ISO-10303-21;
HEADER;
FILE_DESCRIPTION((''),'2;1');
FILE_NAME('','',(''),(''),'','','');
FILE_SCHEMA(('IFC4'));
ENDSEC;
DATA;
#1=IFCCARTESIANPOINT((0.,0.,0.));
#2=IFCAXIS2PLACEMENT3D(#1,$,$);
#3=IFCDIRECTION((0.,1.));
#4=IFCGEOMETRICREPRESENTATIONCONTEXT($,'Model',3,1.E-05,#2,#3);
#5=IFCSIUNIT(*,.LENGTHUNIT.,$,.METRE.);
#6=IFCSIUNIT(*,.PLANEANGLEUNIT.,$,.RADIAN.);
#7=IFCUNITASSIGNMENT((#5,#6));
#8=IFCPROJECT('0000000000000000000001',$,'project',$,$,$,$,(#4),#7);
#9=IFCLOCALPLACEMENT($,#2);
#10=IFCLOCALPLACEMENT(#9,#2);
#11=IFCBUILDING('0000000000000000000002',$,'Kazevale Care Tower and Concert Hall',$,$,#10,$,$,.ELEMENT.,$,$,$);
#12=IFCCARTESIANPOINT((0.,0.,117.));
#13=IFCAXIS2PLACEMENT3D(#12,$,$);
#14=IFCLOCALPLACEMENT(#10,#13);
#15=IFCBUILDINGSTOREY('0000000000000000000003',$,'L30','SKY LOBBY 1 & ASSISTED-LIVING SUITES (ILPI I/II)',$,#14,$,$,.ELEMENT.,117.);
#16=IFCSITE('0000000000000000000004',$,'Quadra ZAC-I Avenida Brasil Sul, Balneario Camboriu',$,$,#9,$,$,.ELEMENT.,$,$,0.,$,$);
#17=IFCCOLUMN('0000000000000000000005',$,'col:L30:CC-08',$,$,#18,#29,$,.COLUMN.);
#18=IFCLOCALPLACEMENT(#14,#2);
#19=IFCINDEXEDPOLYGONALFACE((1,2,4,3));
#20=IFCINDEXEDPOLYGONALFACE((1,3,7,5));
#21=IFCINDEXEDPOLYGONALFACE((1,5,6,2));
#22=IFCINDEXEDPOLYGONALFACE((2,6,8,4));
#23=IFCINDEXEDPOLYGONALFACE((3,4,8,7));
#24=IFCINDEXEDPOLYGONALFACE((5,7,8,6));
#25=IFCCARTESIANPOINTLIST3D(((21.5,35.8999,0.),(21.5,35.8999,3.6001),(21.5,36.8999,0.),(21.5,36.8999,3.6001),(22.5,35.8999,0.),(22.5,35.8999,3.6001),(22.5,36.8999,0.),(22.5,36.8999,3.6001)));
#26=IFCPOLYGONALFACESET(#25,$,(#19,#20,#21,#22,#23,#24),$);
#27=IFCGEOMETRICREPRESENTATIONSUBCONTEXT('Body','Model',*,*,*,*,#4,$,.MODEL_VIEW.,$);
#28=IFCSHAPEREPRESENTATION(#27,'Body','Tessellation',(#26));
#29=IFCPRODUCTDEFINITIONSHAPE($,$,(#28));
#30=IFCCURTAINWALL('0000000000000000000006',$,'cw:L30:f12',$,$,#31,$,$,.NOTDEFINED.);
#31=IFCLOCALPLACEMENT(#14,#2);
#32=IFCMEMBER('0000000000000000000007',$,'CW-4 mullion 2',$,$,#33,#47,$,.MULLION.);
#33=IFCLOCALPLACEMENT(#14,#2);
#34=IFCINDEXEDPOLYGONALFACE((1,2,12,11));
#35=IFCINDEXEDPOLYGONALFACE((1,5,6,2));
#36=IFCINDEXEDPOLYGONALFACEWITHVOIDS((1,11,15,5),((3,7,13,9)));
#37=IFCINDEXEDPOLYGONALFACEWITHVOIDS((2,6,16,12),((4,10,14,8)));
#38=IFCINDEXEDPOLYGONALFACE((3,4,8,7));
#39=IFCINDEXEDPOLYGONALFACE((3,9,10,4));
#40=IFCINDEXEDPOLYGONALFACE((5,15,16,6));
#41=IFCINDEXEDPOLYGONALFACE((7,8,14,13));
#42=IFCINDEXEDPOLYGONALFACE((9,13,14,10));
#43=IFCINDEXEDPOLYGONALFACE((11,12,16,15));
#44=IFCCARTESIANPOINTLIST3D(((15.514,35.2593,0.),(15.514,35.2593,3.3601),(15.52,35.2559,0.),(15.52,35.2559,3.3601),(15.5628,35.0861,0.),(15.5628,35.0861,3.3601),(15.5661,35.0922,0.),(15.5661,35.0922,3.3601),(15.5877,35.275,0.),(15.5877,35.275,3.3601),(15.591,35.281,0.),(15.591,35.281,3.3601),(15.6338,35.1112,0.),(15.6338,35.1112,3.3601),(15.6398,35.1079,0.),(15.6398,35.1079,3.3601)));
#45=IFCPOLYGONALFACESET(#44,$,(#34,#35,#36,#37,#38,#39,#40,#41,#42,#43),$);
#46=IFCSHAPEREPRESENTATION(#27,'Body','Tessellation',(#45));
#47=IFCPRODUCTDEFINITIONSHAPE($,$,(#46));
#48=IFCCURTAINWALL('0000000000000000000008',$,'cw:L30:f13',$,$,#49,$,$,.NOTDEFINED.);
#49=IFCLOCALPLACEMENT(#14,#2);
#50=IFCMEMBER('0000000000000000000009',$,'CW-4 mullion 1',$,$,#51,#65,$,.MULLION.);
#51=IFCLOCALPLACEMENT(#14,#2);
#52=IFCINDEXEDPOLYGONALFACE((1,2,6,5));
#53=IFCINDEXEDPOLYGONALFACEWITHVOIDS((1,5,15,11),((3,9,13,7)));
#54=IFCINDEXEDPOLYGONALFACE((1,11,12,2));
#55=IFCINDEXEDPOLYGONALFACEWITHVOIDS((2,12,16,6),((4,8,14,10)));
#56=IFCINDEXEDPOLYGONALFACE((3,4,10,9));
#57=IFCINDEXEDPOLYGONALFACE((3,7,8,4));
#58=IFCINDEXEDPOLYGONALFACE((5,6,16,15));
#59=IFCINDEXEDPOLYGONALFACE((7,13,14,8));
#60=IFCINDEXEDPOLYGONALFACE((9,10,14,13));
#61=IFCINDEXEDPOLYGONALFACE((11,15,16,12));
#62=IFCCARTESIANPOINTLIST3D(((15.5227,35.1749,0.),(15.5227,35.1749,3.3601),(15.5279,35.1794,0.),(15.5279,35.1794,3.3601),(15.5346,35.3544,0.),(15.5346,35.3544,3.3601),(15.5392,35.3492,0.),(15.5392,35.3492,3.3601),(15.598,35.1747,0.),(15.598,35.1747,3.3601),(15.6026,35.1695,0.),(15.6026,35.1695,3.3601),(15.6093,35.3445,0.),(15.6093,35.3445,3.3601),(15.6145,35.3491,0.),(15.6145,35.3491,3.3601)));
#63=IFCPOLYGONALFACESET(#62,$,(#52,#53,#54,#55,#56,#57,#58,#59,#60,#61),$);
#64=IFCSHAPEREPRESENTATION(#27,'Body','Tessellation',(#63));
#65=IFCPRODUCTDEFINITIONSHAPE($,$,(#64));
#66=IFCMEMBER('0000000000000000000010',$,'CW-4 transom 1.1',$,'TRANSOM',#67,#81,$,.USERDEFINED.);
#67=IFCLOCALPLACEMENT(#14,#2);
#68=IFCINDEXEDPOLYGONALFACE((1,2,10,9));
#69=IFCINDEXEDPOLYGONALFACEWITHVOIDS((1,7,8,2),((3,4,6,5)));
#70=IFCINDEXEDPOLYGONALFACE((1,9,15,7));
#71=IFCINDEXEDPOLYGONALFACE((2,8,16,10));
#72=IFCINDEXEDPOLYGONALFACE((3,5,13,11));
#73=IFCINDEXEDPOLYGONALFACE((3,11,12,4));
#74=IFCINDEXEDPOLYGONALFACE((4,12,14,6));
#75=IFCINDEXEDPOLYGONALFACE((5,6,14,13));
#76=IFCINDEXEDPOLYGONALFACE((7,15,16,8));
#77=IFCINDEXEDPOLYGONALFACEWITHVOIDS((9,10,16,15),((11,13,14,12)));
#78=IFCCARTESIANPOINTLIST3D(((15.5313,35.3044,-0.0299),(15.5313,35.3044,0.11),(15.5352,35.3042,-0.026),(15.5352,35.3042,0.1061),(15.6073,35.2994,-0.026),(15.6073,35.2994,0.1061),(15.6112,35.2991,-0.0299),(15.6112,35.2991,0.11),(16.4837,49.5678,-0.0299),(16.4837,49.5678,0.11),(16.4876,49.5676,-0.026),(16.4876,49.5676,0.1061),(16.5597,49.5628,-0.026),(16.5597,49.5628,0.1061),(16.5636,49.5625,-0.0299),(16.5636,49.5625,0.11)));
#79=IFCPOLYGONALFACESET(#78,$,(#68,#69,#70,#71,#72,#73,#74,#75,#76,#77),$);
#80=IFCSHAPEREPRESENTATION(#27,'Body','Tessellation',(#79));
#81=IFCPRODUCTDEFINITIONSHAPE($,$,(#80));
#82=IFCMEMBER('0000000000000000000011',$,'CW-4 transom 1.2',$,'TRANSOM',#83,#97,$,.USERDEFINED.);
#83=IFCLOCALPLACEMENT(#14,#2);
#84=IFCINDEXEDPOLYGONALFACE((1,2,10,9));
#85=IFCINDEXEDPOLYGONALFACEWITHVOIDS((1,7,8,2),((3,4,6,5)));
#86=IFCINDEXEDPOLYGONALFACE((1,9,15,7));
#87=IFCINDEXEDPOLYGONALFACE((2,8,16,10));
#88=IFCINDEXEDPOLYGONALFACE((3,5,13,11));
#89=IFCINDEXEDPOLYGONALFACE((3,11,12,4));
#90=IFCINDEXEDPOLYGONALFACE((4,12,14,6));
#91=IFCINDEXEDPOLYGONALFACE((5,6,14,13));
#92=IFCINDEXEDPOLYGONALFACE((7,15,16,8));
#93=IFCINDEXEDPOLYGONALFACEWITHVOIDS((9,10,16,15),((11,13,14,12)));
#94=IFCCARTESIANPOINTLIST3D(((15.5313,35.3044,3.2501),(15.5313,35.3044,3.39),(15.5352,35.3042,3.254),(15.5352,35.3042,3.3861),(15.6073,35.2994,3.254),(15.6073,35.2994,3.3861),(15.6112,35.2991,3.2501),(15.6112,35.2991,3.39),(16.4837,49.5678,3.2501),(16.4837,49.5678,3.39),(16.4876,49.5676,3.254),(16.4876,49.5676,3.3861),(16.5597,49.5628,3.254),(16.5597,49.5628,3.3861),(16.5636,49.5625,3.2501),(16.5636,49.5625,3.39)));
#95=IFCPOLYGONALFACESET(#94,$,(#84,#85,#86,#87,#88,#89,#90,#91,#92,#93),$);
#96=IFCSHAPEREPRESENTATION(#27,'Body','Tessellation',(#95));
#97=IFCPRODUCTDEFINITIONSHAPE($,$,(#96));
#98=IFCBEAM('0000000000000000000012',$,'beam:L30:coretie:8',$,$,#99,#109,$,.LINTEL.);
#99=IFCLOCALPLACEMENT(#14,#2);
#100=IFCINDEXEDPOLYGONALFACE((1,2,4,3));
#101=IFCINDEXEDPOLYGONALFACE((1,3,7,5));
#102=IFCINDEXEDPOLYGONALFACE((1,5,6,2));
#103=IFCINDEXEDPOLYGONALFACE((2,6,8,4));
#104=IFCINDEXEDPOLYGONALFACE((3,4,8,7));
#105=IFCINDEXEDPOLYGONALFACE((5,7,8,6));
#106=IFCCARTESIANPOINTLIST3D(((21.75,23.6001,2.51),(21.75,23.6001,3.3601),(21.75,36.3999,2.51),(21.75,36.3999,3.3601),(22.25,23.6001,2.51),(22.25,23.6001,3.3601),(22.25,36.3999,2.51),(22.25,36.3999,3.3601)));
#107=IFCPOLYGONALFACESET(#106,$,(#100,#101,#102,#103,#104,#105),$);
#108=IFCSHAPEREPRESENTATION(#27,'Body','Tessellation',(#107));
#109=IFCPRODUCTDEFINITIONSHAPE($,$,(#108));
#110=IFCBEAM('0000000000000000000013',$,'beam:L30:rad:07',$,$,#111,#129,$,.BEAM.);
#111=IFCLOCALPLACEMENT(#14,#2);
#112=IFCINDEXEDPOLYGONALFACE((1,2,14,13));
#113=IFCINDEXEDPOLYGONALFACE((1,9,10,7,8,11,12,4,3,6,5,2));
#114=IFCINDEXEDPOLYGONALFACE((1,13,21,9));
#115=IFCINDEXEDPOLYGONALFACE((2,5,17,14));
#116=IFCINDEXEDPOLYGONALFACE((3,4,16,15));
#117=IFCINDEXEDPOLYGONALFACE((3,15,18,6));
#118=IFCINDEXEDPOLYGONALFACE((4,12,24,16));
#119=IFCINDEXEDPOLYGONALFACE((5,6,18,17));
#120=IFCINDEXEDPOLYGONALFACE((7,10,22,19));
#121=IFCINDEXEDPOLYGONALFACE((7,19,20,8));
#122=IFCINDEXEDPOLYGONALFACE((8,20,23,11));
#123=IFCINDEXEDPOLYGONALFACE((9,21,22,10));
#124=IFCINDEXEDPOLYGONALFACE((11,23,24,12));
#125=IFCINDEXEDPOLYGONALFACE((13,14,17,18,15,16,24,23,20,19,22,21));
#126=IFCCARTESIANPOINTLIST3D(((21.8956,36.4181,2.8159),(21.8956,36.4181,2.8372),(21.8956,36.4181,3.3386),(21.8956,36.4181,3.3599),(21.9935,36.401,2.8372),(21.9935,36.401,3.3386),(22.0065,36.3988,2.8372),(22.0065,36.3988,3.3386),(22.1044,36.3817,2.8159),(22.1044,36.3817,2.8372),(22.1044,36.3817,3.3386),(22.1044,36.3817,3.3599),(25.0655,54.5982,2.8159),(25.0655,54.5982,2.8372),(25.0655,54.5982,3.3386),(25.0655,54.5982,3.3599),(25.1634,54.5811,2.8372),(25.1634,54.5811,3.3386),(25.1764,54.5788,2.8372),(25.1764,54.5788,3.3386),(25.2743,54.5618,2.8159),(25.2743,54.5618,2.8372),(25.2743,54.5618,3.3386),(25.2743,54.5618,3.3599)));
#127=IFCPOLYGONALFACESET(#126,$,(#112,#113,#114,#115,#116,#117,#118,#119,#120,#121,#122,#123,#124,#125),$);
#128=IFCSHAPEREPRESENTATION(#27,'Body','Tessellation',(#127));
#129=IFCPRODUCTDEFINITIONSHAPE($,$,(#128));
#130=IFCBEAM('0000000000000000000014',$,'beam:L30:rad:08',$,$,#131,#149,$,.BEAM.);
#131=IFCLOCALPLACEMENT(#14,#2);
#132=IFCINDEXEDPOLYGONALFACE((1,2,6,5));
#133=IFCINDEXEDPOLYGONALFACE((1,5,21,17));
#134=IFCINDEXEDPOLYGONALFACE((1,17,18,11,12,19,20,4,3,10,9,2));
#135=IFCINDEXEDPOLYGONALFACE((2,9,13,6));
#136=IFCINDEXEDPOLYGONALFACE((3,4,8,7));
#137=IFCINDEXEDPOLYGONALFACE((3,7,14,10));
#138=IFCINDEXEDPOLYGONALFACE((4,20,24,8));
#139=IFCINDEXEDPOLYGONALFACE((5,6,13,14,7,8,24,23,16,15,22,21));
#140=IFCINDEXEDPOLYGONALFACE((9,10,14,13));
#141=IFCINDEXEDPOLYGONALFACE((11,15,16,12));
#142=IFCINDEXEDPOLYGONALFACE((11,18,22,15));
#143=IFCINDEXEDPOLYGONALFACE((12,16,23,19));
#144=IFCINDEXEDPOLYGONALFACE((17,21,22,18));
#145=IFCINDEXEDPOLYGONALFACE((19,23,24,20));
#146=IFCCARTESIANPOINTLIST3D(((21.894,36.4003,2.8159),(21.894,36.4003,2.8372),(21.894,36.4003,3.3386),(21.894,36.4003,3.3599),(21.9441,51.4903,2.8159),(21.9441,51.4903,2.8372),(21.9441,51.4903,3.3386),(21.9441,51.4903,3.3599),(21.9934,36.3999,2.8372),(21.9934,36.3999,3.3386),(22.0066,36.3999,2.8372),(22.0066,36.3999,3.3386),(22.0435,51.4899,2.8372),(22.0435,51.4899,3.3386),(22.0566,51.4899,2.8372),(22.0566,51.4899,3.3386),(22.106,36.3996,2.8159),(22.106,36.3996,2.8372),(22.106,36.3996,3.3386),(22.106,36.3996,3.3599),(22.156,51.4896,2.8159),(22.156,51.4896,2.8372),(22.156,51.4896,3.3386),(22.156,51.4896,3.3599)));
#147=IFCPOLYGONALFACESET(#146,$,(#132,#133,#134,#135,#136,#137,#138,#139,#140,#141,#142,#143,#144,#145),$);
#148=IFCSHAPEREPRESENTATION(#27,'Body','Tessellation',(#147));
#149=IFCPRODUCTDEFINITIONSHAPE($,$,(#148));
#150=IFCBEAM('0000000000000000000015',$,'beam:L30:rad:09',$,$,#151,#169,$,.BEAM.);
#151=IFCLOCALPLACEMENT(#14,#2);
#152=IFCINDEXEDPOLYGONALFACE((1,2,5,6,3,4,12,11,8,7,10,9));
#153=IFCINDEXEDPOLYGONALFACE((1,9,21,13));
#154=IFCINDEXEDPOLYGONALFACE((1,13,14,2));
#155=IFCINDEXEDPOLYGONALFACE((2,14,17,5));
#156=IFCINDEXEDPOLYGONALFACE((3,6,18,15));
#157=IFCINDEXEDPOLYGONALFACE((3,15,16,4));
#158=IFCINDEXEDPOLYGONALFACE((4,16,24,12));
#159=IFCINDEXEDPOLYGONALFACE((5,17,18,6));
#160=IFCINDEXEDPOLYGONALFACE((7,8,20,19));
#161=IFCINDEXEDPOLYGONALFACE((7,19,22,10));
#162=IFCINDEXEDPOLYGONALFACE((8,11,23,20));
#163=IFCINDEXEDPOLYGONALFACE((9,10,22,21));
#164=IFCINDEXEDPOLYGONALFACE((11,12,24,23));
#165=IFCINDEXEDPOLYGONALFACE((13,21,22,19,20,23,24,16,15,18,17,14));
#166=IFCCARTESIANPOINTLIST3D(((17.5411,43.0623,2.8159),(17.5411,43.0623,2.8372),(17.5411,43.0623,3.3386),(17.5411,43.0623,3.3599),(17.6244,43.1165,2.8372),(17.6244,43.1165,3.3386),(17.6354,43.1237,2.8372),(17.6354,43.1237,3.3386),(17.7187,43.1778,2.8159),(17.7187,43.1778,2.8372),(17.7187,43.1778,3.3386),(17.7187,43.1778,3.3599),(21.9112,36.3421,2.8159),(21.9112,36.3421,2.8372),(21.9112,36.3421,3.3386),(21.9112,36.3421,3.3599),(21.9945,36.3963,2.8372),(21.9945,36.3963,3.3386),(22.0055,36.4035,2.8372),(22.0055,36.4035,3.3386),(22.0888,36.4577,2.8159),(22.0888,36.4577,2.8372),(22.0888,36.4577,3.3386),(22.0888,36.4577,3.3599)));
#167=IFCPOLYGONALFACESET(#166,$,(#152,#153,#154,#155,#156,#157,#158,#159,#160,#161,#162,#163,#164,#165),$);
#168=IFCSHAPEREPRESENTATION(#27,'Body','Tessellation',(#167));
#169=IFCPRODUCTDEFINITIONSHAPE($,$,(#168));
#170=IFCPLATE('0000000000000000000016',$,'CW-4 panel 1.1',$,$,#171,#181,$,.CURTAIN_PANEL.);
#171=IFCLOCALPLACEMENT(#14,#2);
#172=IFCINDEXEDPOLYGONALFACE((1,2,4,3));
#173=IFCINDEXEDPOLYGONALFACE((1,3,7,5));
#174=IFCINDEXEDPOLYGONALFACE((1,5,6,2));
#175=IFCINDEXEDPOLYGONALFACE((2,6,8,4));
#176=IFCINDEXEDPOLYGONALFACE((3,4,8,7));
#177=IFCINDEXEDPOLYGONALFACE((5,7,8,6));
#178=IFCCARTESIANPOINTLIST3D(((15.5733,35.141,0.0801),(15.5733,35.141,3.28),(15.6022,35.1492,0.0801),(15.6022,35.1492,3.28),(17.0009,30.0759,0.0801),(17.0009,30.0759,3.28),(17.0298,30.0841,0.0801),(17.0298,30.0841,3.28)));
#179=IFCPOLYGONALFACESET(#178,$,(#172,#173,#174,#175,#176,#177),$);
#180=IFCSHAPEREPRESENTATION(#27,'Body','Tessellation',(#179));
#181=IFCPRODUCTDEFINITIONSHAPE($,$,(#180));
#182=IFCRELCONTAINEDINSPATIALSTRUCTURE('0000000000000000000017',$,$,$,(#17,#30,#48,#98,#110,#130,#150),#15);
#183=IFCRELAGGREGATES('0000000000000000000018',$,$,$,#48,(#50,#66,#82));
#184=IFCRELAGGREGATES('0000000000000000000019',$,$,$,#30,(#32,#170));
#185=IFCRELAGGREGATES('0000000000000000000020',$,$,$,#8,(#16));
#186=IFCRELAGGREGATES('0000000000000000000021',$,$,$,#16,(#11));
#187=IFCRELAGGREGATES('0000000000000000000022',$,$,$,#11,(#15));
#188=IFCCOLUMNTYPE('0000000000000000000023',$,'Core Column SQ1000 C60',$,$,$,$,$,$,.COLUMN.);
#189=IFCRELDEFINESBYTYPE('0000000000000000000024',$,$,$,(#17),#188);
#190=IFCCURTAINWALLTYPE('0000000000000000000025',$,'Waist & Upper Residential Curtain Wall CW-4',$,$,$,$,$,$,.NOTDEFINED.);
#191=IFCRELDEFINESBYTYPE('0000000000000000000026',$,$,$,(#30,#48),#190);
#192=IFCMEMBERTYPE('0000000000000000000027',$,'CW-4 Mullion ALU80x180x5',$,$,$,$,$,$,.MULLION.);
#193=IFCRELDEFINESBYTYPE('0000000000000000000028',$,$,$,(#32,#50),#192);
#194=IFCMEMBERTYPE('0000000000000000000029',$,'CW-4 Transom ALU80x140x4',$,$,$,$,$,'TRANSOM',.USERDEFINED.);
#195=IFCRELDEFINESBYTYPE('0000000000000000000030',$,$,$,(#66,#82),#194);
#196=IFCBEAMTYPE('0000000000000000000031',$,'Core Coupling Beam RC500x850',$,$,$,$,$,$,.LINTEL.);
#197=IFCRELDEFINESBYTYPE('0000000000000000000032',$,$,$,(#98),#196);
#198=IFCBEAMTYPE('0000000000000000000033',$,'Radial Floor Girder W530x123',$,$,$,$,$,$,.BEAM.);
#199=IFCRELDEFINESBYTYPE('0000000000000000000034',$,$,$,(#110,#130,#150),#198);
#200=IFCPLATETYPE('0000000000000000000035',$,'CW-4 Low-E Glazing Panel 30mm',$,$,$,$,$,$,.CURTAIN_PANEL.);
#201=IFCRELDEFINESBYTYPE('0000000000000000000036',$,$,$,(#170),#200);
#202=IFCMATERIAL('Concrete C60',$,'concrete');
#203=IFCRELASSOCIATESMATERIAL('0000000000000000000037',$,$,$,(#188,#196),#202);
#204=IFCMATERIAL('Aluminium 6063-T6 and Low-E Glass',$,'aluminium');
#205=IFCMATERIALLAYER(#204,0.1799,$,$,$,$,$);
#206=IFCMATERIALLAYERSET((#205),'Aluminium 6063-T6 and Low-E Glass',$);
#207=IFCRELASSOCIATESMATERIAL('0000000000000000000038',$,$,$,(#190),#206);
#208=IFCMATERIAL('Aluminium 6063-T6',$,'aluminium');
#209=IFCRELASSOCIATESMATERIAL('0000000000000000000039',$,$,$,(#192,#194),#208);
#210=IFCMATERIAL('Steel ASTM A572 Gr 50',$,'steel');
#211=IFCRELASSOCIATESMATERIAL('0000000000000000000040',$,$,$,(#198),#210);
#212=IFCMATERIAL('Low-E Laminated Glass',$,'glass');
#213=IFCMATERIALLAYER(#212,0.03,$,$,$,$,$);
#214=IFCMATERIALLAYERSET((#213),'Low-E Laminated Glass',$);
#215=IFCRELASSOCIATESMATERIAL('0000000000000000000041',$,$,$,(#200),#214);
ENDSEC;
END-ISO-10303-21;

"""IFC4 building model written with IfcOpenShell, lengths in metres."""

from ifc_helpers import new_model, si_unit, direction, frame, origin, origin_2d, place, context, subcontext, project, spatial, rectangle, hollow_rectangle, i_section, extrude, material, layer, layer_set, material_profile, profile_set, type_object, element, aggregate, save


model = new_model("IFC4")

# Units and contexts
model_context = context("Model", 3, precision=1e-05, world=origin(), true_north=direction((0.0, 1.0)))
body_context = subcontext(model_context, "Body", "Model", "MODEL_VIEW")
ifc_project = project(units=[si_unit("LENGTHUNIT", "METRE"), si_unit("PLANEANGLEUNIT", "RADIAN")], contexts=[model_context])

# Site, building, storey
site_placement = place(None, origin())
site = spatial("IfcSite", under=ifc_project, at=site_placement, Name="Quadra ZAC-I Avenida Brasil Sul, Balneario Camboriu", CompositionType="ELEMENT", RefElevation=0.0)
building_placement = place(site_placement, origin())
building = spatial("IfcBuilding", under=site, at=building_placement, Name="Kazevale Care Tower and Concert Hall", CompositionType="ELEMENT")
storey_placement = place(building_placement, frame((0.0, 0.0, 117.0)))
storey = spatial("IfcBuildingStorey", under=building, at=storey_placement, Name="L30", Description="SKY LOBBY 1 & ASSISTED-LIVING SUITES (ILPI I/II)", CompositionType="ELEMENT", Elevation=117.0)

# Column
ifc_material_1 = material(Name="Concrete C60", Category="concrete")
ifc_material_profile_1 = material_profile(ifc_material_1, rectangle(XDim=1.0, YDim=1.0, at=origin_2d()), Name="RC-SQ1000")
ifc_profile_set_1 = profile_set([ifc_material_profile_1], Name="Concrete C60")
column_type = type_object("IfcColumnType", Name="Core Column SQ1000 C60", PredefinedType="COLUMN", material=ifc_profile_set_1)
column_placement = place(storey_placement, frame((22.0, 36.3999, 0.0), z_axis=(0.0, 0.0, 1.0), x_axis=(1.0, 0.0, 0.0)))
element("IfcColumn", 1, at=column_placement, inside=storey, type_object=column_type, Name="col:L30:CC-08", PredefinedType="COLUMN", context=body_context, shape_type="SweptSolid", body=[
    extrude(rectangle(XDim=1.0, YDim=1.0, at=origin_2d()), origin(), (0.0, 0.0, 1.0), 3.6001),
])

# Curtain wall, member
ifc_material_2 = material(Name="Aluminium 6063-T6 and Low-E Glass", Category="aluminium")
ifc_layer_1 = layer(ifc_material_2, 0.1799)
ifc_layer_set_1 = layer_set([ifc_layer_1], Name="Aluminium 6063-T6 and Low-E Glass")
curtain_wall_type = type_object("IfcCurtainWallType", Name="Waist & Upper Residential Curtain Wall CW-4", PredefinedType="NOTDEFINED", material=ifc_layer_set_1)
curtain_wall_1_placement = place(storey_placement, origin())
curtain_wall_1 = element("IfcCurtainWall", 2, at=curtain_wall_1_placement, inside=storey, type_object=curtain_wall_type, Name="cw:L30:f12", PredefinedType="NOTDEFINED")
ifc_material_3 = material(Name="Aluminium 6063-T6", Category="aluminium")
ifc_material_profile_2 = material_profile(ifc_material_3, hollow_rectangle(XDim=0.0801, YDim=0.1799, WallThickness=0.0049, at=origin_2d()), Name="ALU80x180x5")
ifc_profile_set_2 = profile_set([ifc_material_profile_2], Name="Aluminium 6063-T6")
member_type_1 = type_object("IfcMemberType", Name="CW-4 Mullion ALU80x180x5", PredefinedType="MULLION", material=ifc_profile_set_2)
member_1_placement = place(storey_placement, frame((15.5769, 35.1836, 0.0), z_axis=(0.0, 0.0, 1.0), x_axis=(-0.962499, -0.271285, 0.0)))
member_1 = element("IfcMember", 3, at=member_1_placement, type_object=member_type_1, Name="CW-4 mullion 2", PredefinedType="MULLION", context=body_context, shape_type="SweptSolid", body=[
    extrude(hollow_rectangle(XDim=0.0801, YDim=0.1799, WallThickness=0.0049, at=origin_2d()), origin(), (0.0, 0.0, 1.0), 3.3601),
])

# Curtain wall, members
curtain_wall_2_placement = place(storey_placement, origin())
curtain_wall_2 = element("IfcCurtainWall", 4, at=curtain_wall_2_placement, inside=storey, type_object=curtain_wall_type, Name="cw:L30:f13", PredefinedType="NOTDEFINED")
member_2_placement = place(storey_placement, frame((15.5686, 35.262, 0.0), z_axis=(0.0, 0.0, 1.0), x_axis=(-0.997778, 0.06662, 0.0)))
member_2 = element("IfcMember", 5, at=member_2_placement, type_object=member_type_1, Name="CW-4 mullion 1", PredefinedType="MULLION", context=body_context, shape_type="SweptSolid", body=[
    extrude(hollow_rectangle(XDim=0.0801, YDim=0.1799, WallThickness=0.0049, at=origin_2d()), origin(), (0.0, 0.0, 1.0), 3.3601),
])
ifc_material_profile_3 = material_profile(ifc_material_3, hollow_rectangle(XDim=0.0801, YDim=0.1399, WallThickness=0.0039, at=origin_2d()), Name="ALU80x140x4")
ifc_profile_set_3 = profile_set([ifc_material_profile_3], Name="Aluminium 6063-T6")
member_type_2 = type_object("IfcMemberType", Name="CW-4 Transom ALU80x140x4", ElementType="TRANSOM", PredefinedType="USERDEFINED", material=ifc_profile_set_3)
member_3_placement = place(storey_placement, frame((15.5713, 35.3018, 0.04), z_axis=(0.066623, 0.997778, 0.0), x_axis=(-0.997778, 0.066623, 0.0)))
member_3 = element("IfcMember", 6, at=member_3_placement, type_object=member_type_2, Name="CW-4 transom 1.1", ObjectType="TRANSOM", PredefinedType="USERDEFINED", context=body_context, shape_type="SweptSolid", body=[
    extrude(hollow_rectangle(XDim=0.0801, YDim=0.1399, WallThickness=0.0039, at=origin_2d()), origin(), (0.0, 0.0, 1.0), 14.2952),
])
member_4_placement = place(storey_placement, frame((15.5713, 35.3018, 3.3201), z_axis=(0.066623, 0.997778, 0.0), x_axis=(-0.997778, 0.066623, 0.0)))
member_4 = element("IfcMember", 7, at=member_4_placement, type_object=member_type_2, Name="CW-4 transom 1.2", ObjectType="TRANSOM", PredefinedType="USERDEFINED", context=body_context, shape_type="SweptSolid", body=[
    extrude(hollow_rectangle(XDim=0.0801, YDim=0.1399, WallThickness=0.0039, at=origin_2d()), origin(), (0.0, 0.0, 1.0), 14.2952),
])
aggregate(curtain_wall_2, [member_2, member_3, member_4])

# Beams
ifc_material_profile_4 = material_profile(ifc_material_1, rectangle(XDim=0.5, YDim=0.8501, at=origin_2d()), Name="RC-B500x850")
ifc_profile_set_4 = profile_set([ifc_material_profile_4], Name="Concrete C60")
beam_type_1 = type_object("IfcBeamType", Name="Core Coupling Beam RC500x850", PredefinedType="LINTEL", material=ifc_profile_set_4)
beam_1_placement = place(storey_placement, frame((22.0, 36.3999, 2.9351), z_axis=(0.0, -1.0, 0.0), x_axis=(1.0, 0.0, 0.0)))
element("IfcBeam", 8, at=beam_1_placement, inside=storey, type_object=beam_type_1, Name="beam:L30:coretie:8", PredefinedType="LINTEL", context=body_context, shape_type="SweptSolid", body=[
    extrude(rectangle(XDim=0.5, YDim=0.8501, at=origin_2d()), origin(), (0.0, 0.0, 1.0), 12.7998),
])
ifc_material_4 = material(Name="Steel ASTM A572 Gr 50", Category="steel")
ifc_material_profile_5 = material_profile(ifc_material_4, i_section(OverallWidth=0.2119, OverallDepth=0.5439, WebThickness=0.0132, FlangeThickness=0.0212, at=origin_2d()), Name="W530x123")
ifc_profile_set_5 = profile_set([ifc_material_profile_5], Name="Steel ASTM A572 Gr 50")
beam_type_2 = type_object("IfcBeamType", Name="Radial Floor Girder W530x123", PredefinedType="BEAM", material=ifc_profile_set_5)
beam_2_placement = place(storey_placement, frame((22.0, 36.3999, 3.0879), z_axis=(0.17177, 0.985137, 0.0), x_axis=(-0.985137, 0.17177, 0.0)))
element("IfcBeam", 9, at=beam_2_placement, inside=storey, type_object=beam_type_2, Name="beam:L30:rad:07", PredefinedType="BEAM", context=body_context, shape_type="SweptSolid", body=[
    extrude(i_section(OverallWidth=0.2119, OverallDepth=0.5439, WebThickness=0.0132, FlangeThickness=0.0212, at=origin_2d()), origin(), (0.0, 0.0, 1.0), 18.4543),
])
beam_3_placement = place(storey_placement, frame((22.0, 36.3999, 3.0879), z_axis=(0.003317, 0.999994, 0.0), x_axis=(-0.999994, 0.003317, 0.0)))
element("IfcBeam", 10, at=beam_3_placement, inside=storey, type_object=beam_type_2, Name="beam:L30:rad:08", PredefinedType="BEAM", context=body_context, shape_type="SweptSolid", body=[
    extrude(i_section(OverallWidth=0.2119, OverallDepth=0.5439, WebThickness=0.0132, FlangeThickness=0.0212, at=origin_2d()), origin(), (0.0, 0.0, 1.0), 15.0901),
])
beam_4_placement = place(storey_placement, frame((22.0, 36.3999, 3.0879), z_axis=(-0.545162, 0.838331, 0.0), x_axis=(-0.838331, -0.545162, 0.0)))
element("IfcBeam", 11, at=beam_4_placement, inside=storey, type_object=beam_type_2, Name="beam:L30:rad:09", PredefinedType="BEAM", context=body_context, shape_type="SweptSolid", body=[
    extrude(i_section(OverallWidth=0.2119, OverallDepth=0.5439, WebThickness=0.0132, FlangeThickness=0.0212, at=origin_2d()), origin(), (0.0, 0.0, 1.0), 8.0161),
])

# Plate
ifc_material_5 = material(Name="Low-E Laminated Glass", Category="glass")
ifc_layer_2 = layer(ifc_material_5, 0.03)
ifc_layer_set_2 = layer_set([ifc_layer_2], Name="Low-E Laminated Glass")
plate_type = type_object("IfcPlateType", Name="CW-4 Low-E Glazing Panel 30mm", PredefinedType="CURTAIN_PANEL", material=ifc_layer_set_2)
plate_placement = place(storey_placement, frame((16.3015, 32.6125, 0.0801), z_axis=(0.0, 0.0, 1.0), x_axis=(-0.271285, 0.962499, 0.0)))
plate = element("IfcPlate", 12, at=plate_placement, type_object=plate_type, Name="CW-4 panel 1.1", PredefinedType="CURTAIN_PANEL", context=body_context, shape_type="SweptSolid", body=[
    extrude(rectangle(XDim=5.2625, YDim=0.03, at=origin_2d()), origin(), (0.0, 0.0, 1.0), 3.2),
])
aggregate(curtain_wall_1, [member_1, plate])

save(model, "model.ifc")
